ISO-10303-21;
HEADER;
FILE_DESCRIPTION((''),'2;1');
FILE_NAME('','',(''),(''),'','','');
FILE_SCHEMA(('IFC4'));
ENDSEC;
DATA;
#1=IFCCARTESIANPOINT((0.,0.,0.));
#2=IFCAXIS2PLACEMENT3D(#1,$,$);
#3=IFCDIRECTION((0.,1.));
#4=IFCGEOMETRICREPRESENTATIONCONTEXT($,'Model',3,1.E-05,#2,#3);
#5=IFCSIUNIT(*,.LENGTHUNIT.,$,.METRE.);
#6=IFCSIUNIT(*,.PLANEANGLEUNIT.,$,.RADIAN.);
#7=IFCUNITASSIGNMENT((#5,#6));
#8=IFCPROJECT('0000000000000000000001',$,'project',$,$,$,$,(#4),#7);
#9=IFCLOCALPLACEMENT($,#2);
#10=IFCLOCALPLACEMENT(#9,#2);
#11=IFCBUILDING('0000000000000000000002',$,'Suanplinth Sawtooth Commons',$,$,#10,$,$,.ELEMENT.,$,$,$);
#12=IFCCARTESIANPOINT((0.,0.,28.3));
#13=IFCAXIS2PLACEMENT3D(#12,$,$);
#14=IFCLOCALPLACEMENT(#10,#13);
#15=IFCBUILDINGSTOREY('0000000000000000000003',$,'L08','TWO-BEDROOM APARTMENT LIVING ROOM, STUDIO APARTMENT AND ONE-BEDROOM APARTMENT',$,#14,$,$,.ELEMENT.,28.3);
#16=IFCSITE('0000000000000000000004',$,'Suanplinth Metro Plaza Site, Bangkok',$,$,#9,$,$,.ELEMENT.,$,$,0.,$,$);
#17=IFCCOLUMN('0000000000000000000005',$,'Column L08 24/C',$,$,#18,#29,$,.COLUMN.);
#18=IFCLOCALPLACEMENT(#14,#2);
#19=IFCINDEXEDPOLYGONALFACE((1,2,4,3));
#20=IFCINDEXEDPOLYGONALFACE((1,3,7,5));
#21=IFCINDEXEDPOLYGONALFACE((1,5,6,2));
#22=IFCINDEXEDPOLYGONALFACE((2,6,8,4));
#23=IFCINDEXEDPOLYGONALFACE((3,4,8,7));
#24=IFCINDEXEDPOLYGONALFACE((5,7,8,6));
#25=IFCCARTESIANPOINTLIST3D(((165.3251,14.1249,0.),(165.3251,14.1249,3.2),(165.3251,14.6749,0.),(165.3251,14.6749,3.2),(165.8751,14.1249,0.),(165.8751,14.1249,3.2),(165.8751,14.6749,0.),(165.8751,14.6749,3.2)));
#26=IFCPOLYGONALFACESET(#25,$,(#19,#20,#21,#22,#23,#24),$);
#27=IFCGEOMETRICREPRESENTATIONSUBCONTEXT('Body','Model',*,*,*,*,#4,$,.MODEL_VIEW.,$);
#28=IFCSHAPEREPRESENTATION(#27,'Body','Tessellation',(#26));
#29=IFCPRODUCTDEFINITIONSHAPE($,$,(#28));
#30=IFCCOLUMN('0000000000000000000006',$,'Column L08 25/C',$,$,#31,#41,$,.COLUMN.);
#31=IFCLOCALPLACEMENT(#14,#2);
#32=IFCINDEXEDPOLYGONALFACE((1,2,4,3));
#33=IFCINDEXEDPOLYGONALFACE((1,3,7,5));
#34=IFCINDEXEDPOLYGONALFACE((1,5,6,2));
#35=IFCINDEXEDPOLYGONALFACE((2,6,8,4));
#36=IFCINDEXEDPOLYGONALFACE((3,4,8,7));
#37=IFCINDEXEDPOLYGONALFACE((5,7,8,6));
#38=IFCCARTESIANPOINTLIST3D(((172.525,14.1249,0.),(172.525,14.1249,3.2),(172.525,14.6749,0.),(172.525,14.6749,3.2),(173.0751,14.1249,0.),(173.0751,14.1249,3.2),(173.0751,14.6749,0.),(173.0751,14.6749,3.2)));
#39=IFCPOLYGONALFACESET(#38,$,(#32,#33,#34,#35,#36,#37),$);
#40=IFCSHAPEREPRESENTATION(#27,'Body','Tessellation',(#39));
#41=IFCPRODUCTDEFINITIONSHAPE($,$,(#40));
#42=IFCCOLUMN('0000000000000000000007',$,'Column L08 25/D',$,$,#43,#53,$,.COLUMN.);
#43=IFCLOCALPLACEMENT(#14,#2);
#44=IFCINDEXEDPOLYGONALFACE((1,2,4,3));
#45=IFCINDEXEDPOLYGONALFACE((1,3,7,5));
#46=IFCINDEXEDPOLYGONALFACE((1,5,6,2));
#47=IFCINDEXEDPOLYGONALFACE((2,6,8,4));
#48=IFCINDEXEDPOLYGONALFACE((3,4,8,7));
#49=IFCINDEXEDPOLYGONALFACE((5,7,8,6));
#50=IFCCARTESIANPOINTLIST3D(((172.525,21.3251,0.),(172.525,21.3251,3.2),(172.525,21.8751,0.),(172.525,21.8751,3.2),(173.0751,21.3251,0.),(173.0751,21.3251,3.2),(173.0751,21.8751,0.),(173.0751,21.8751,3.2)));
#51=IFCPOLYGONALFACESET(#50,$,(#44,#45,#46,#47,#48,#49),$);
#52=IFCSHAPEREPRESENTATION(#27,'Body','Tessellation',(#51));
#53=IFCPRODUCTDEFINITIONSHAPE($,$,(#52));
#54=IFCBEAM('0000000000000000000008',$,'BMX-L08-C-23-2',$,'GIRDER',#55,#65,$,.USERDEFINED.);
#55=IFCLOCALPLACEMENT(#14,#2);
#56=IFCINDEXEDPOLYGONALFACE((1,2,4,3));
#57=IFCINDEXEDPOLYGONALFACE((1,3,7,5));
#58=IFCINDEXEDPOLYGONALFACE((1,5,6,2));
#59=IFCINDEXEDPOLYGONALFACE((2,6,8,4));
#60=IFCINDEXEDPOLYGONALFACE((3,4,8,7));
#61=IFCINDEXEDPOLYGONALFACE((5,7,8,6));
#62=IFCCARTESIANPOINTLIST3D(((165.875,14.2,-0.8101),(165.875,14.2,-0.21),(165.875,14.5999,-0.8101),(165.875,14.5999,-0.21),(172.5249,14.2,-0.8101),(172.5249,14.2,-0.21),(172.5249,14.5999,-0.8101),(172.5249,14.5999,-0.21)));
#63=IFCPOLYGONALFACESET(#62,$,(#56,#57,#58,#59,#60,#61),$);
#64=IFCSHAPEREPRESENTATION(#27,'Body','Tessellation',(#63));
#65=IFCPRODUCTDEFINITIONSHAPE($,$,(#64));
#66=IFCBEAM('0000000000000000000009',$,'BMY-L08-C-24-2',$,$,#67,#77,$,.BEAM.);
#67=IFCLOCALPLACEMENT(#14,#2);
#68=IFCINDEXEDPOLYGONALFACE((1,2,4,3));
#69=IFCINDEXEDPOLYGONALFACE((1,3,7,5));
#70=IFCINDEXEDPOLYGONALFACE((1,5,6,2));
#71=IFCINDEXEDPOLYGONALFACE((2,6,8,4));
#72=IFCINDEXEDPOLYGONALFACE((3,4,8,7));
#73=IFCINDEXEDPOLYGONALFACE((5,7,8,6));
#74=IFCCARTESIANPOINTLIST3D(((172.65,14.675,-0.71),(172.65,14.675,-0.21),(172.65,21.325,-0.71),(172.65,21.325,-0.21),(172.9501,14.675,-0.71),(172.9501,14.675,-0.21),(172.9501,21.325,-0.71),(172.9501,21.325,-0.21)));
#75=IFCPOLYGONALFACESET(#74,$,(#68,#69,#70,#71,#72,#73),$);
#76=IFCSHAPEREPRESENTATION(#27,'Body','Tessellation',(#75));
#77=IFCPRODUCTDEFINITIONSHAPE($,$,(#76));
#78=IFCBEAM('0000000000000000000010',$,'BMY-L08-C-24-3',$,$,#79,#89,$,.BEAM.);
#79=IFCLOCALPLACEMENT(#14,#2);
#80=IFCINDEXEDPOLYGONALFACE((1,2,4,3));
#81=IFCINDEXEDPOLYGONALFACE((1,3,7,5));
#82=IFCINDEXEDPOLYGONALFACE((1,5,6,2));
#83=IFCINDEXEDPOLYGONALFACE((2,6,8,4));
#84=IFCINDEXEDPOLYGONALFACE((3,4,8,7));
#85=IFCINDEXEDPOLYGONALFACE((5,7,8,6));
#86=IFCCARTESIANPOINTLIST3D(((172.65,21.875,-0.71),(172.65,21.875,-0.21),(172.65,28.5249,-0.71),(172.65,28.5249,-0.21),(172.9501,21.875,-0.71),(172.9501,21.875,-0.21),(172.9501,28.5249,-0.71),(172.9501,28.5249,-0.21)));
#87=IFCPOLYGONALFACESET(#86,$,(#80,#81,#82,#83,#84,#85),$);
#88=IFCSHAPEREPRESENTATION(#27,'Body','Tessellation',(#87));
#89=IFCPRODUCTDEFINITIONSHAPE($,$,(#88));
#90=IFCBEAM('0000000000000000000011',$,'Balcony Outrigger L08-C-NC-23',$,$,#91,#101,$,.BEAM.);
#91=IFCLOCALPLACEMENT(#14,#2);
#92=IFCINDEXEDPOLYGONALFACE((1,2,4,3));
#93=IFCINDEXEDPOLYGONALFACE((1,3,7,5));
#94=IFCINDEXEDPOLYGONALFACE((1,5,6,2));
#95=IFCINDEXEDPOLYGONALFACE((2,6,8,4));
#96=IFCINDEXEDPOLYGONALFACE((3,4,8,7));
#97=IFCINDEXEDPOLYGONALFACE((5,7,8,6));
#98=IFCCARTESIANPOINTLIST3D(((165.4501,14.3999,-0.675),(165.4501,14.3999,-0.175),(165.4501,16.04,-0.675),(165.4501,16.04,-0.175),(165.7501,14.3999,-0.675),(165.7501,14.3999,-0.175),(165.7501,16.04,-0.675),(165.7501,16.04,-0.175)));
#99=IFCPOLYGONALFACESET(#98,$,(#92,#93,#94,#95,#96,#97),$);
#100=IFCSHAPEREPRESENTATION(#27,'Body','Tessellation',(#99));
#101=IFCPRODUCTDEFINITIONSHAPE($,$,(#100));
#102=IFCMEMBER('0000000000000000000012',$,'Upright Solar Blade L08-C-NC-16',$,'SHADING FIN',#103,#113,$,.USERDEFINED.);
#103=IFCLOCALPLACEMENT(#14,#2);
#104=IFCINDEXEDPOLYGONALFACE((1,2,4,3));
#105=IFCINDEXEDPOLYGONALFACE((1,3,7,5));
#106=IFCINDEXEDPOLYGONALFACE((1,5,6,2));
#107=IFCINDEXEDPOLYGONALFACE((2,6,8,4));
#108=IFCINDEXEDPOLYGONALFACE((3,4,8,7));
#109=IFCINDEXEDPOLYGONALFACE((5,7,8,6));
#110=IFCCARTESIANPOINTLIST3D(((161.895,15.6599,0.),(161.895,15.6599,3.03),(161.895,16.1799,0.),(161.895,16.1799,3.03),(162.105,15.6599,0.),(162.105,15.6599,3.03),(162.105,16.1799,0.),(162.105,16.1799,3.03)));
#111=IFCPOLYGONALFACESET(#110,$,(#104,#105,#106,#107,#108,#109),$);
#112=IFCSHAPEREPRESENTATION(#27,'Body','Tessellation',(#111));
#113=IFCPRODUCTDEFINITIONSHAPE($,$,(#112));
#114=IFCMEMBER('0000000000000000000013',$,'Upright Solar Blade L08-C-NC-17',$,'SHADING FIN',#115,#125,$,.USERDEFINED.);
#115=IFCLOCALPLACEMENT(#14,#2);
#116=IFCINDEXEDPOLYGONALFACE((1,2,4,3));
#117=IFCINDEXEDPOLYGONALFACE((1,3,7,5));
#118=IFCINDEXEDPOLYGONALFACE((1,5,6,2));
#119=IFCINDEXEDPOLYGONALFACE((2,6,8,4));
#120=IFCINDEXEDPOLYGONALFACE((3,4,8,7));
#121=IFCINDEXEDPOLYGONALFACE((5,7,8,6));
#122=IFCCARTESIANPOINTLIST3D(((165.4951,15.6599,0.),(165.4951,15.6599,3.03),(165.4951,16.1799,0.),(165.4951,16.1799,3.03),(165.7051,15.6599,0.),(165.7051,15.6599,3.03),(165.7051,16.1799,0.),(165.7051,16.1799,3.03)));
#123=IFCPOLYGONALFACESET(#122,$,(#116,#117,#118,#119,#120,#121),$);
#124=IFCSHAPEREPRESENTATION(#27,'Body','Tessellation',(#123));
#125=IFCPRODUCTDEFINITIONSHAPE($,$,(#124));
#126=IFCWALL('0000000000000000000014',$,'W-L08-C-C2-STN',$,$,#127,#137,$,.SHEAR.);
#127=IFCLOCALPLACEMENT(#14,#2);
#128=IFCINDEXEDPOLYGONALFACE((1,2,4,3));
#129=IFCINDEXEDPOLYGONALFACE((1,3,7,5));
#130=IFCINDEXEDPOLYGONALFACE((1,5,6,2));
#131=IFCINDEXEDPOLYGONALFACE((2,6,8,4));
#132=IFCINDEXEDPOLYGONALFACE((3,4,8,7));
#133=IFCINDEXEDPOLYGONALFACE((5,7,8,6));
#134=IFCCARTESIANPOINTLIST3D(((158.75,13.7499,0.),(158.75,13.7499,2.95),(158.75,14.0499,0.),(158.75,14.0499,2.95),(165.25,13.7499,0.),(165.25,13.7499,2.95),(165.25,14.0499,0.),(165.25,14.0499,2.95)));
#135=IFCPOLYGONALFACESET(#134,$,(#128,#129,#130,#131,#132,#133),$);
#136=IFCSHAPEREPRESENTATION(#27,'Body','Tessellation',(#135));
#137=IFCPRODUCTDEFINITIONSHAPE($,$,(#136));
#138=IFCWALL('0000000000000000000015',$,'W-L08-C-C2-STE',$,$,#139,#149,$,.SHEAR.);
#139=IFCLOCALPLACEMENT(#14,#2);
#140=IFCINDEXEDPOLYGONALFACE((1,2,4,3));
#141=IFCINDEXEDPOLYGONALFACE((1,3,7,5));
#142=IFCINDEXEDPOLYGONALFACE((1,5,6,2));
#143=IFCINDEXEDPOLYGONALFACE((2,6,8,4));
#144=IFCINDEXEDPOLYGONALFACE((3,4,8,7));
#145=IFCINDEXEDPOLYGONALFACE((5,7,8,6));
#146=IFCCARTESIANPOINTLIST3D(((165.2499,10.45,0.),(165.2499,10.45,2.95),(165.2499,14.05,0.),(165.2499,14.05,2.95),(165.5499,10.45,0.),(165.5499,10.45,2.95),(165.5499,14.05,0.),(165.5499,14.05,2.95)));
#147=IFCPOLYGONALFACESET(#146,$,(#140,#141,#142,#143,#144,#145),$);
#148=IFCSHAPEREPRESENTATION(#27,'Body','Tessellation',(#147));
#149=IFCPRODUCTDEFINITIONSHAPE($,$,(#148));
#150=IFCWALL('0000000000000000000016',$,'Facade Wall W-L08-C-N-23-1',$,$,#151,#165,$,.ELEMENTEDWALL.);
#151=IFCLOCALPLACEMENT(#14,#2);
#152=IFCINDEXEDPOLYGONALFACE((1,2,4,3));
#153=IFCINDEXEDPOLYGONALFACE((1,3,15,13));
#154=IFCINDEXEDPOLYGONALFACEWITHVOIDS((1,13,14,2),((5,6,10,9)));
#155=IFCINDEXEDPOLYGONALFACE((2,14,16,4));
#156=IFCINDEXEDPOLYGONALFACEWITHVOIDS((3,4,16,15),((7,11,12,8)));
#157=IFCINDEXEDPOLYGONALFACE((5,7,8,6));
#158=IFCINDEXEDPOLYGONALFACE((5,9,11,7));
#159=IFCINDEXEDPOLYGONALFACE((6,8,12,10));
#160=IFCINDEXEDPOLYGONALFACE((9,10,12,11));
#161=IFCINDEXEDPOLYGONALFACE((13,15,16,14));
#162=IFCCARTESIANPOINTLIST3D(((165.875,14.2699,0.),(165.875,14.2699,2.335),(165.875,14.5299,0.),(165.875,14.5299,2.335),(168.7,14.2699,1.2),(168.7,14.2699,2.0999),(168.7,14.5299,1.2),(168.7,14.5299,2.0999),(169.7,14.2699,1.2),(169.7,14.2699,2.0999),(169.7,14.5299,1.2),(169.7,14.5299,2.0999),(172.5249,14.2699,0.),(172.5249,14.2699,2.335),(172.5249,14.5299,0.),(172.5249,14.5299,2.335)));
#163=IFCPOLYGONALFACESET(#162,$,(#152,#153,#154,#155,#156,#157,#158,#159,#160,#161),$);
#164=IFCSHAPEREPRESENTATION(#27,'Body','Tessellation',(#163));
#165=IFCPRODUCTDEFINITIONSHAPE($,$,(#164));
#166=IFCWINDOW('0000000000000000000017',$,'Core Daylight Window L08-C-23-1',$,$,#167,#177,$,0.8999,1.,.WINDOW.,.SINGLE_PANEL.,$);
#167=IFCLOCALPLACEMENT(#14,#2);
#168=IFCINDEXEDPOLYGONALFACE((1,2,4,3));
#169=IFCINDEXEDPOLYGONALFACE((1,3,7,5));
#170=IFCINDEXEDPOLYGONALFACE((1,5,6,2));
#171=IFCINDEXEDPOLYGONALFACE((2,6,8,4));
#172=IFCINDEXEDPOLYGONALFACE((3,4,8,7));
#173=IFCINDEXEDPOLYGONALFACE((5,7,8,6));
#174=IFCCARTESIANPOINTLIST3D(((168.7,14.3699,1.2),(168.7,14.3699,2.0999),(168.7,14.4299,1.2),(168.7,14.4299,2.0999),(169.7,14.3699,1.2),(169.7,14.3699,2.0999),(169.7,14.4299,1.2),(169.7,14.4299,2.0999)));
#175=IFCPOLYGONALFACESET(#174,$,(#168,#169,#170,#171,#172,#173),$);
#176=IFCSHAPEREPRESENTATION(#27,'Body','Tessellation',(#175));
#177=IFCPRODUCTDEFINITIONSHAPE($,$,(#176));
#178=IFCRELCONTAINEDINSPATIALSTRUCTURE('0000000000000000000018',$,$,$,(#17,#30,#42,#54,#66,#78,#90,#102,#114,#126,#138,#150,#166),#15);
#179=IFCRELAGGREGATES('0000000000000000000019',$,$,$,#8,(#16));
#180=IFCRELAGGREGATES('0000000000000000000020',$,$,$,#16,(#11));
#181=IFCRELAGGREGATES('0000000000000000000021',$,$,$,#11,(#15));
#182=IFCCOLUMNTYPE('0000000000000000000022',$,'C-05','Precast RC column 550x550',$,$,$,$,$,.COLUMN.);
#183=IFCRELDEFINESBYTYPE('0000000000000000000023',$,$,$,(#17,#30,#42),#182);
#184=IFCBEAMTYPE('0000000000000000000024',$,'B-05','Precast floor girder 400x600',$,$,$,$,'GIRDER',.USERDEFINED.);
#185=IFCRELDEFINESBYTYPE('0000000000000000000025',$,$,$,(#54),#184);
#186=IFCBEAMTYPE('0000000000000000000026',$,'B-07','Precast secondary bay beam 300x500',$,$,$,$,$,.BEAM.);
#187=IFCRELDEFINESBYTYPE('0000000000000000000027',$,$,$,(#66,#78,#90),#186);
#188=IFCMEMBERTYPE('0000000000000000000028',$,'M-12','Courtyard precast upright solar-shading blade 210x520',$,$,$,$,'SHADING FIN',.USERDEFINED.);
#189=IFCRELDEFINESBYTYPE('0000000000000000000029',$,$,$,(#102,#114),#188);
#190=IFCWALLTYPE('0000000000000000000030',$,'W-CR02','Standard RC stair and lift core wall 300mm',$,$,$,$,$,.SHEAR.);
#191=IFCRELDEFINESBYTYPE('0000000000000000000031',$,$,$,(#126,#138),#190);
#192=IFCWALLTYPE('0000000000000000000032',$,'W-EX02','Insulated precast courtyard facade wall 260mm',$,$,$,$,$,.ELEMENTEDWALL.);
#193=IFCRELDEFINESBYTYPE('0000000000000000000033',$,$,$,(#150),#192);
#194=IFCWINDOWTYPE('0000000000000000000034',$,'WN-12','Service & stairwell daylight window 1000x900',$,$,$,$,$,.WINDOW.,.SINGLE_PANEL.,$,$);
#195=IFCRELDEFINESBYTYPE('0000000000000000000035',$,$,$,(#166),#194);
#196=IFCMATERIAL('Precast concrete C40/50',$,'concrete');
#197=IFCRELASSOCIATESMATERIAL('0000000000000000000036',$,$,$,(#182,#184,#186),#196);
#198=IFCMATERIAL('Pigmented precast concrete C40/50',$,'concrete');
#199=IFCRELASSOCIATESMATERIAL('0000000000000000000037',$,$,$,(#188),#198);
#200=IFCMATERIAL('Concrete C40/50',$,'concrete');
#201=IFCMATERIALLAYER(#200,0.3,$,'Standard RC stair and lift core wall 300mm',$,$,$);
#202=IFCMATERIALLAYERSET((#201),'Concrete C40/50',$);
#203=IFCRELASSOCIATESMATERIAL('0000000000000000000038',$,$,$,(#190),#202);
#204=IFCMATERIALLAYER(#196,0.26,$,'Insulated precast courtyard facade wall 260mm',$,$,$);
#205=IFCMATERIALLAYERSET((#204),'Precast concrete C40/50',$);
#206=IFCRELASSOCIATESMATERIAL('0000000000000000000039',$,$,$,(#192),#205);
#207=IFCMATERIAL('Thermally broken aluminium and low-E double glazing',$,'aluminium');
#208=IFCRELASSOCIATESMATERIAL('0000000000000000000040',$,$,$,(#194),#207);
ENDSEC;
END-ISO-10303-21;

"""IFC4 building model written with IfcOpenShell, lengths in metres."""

from ifc_helpers import new_model, si_unit, direction, frame, frame_2d, origin, origin_2d, place, context, subcontext, project, spatial, rectangle, extrude, material, layer, layer_set, material_profile, profile_set, type_object, element, fill, save


model = new_model("IFC4")

# Units and contexts
model_context = context("Model", 3, precision=1e-05, world=origin(), true_north=direction((0.0, 1.0)))
body_context = subcontext(model_context, "Body", "Model", "MODEL_VIEW")
ifc_project = project(units=[si_unit("LENGTHUNIT", "METRE"), si_unit("PLANEANGLEUNIT", "RADIAN")], contexts=[model_context])

# Site, building, storey
site_placement = place(None, origin())
site = spatial("IfcSite", under=ifc_project, at=site_placement, Name="Suanplinth Metro Plaza Site, Bangkok", CompositionType="ELEMENT", RefElevation=0.0)
building_placement = place(site_placement, origin())
building = spatial("IfcBuilding", under=site, at=building_placement, Name="Suanplinth Sawtooth Commons", CompositionType="ELEMENT")
storey_placement = place(building_placement, frame((0.0, 0.0, 28.3)))
storey = spatial("IfcBuildingStorey", under=building, at=storey_placement, Name="L08", Description="TWO-BEDROOM APARTMENT LIVING ROOM, STUDIO APARTMENT AND ONE-BEDROOM APARTMENT", CompositionType="ELEMENT", Elevation=28.3)

# Columns
ifc_material_1 = material(Name="Precast concrete C40/50", Category="concrete")
ifc_material_profile_1 = material_profile(ifc_material_1, rectangle(XDim=0.55, YDim=0.55, at=origin_2d()), Name="PC-COL 550x550")
ifc_profile_set_1 = profile_set([ifc_material_profile_1], Name="Precast concrete C40/50")
column_type = type_object("IfcColumnType", Name="C-05", Description="Precast RC column 550x550", PredefinedType="COLUMN", material=ifc_profile_set_1)
for number, where, z_axis, x_axis, name in (
    (1, (165.6001, 14.3999, 0.0), (0.0, 0.0, 1.0), (1.0, 0.0, 0.0), "Column L08 24/C"),
    (2, (172.8, 14.3999, 0.0), (0.0, 0.0, 1.0), (1.0, 0.0, 0.0), "Column L08 25/C"),
    (3, (172.8, 21.6001, 0.0), (0.0, 0.0, 1.0), (1.0, 0.0, 0.0), "Column L08 25/D"),
):
    element("IfcColumn", number, at=place(storey_placement, frame(where, z_axis=z_axis, x_axis=x_axis)), inside=storey, type_object=column_type, Name=name, PredefinedType="COLUMN", context=body_context, shape_type="SweptSolid", body=[
        extrude(rectangle(XDim=0.55, YDim=0.55, at=origin_2d()), origin(), (0.0, 0.0, 1.0), 3.2),
    ])

# Beams
ifc_material_profile_2 = material_profile(ifc_material_1, rectangle(XDim=0.3999, YDim=0.6001, at=origin_2d()), Name="PC-GDR 400x600")
ifc_profile_set_2 = profile_set([ifc_material_profile_2], Name="Precast concrete C40/50")
beam_type_1 = type_object("IfcBeamType", Name="B-05", Description="Precast floor girder 400x600", ElementType="GIRDER", PredefinedType="USERDEFINED", material=ifc_profile_set_2)
beam_1_placement = place(storey_placement, frame((165.875, 14.3999, -0.51), z_axis=(1.0, 0.0, 0.0), x_axis=(0.0, 1.0, 0.0)))
element("IfcBeam", 4, at=beam_1_placement, inside=storey, type_object=beam_type_1, Name="BMX-L08-C-23-2", ObjectType="GIRDER", PredefinedType="USERDEFINED", context=body_context, shape_type="SweptSolid", body=[
    extrude(rectangle(XDim=0.3999, YDim=0.6001, at=origin_2d()), origin(), (0.0, 0.0, 1.0), 6.6499),
])
ifc_material_profile_3 = material_profile(ifc_material_1, rectangle(XDim=0.3, YDim=0.5, at=origin_2d()), Name="PC-BM 300x500")
ifc_profile_set_3 = profile_set([ifc_material_profile_3], Name="Precast concrete C40/50")
beam_type_2 = type_object("IfcBeamType", Name="B-07", Description="Precast secondary bay beam 300x500", PredefinedType="BEAM", material=ifc_profile_set_3)
for number, where, z_axis, x_axis, name in (
    (5, (172.8, 14.675, -0.46), (0.0, 1.0, 0.0), (-1.0, 0.0, 0.0), "BMY-L08-C-24-2"),
    (6, (172.8, 21.875, -0.46), (0.0, 1.0, 0.0), (-1.0, 0.0, 0.0), "BMY-L08-C-24-3"),
):
    element("IfcBeam", number, at=place(storey_placement, frame(where, z_axis=z_axis, x_axis=x_axis)), inside=storey, type_object=beam_type_2, Name=name, PredefinedType="BEAM", context=body_context, shape_type="SweptSolid", body=[
        extrude(rectangle(XDim=0.3, YDim=0.5, at=origin_2d()), origin(), (0.0, 0.0, 1.0), 6.6499),
    ])
beam_2_placement = place(storey_placement, frame((165.6001, 14.3999, -0.425), z_axis=(0.0, 1.0, 0.0), x_axis=(-1.0, 0.0, 0.0)))
element("IfcBeam", 7, at=beam_2_placement, inside=storey, type_object=beam_type_2, Name="Balcony Outrigger L08-C-NC-23", PredefinedType="BEAM", context=body_context, shape_type="SweptSolid", body=[
    extrude(rectangle(XDim=0.3, YDim=0.5, at=origin_2d()), origin(), (0.0, 0.0, 1.0), 1.6401),
])

# Members
ifc_material_2 = material(Name="Pigmented precast concrete C40/50", Category="concrete")
ifc_material_profile_4 = material_profile(ifc_material_2, rectangle(XDim=0.21, YDim=0.52, at=origin_2d()), Name="PC-FIN 210x520")
ifc_profile_set_4 = profile_set([ifc_material_profile_4], Name="Pigmented precast concrete C40/50")
member_type = type_object("IfcMemberType", Name="M-12", Description="Courtyard precast upright solar-shading blade 210x520", ElementType="SHADING FIN", PredefinedType="USERDEFINED", material=ifc_profile_set_4)
for number, where, z_axis, x_axis, name in (
    (8, (162.0, 15.9199, 0.0), (0.0, 0.0, 1.0), (1.0, 0.0, 0.0), "Upright Solar Blade L08-C-NC-16"),
    (9, (165.6001, 15.9199, 0.0), (0.0, 0.0, 1.0), (1.0, 0.0, 0.0), "Upright Solar Blade L08-C-NC-17"),
):
    element("IfcMember", number, at=place(storey_placement, frame(where, z_axis=z_axis, x_axis=x_axis)), inside=storey, type_object=member_type, Name=name, ObjectType="SHADING FIN", PredefinedType="USERDEFINED", context=body_context, shape_type="SweptSolid", body=[
        extrude(rectangle(XDim=0.21, YDim=0.52, at=origin_2d()), origin(), (0.0, 0.0, 1.0), 3.03),
    ])

# Walls
ifc_material_3 = material(Name="Concrete C40/50", Category="concrete")
ifc_layer_1 = layer(ifc_material_3, 0.3, Name="Standard RC stair and lift core wall 300mm")
ifc_layer_set_1 = layer_set([ifc_layer_1], Name="Concrete C40/50")
wall_type_1 = type_object("IfcWallType", Name="W-CR02", Description="Standard RC stair and lift core wall 300mm", PredefinedType="SHEAR", material=ifc_layer_set_1)
wall_1_placement = place(storey_placement, frame((158.75, 13.8999, 0.0), z_axis=(0.0, 0.0, 1.0), x_axis=(1.0, 0.0, 0.0)))
element("IfcWall", 10, at=wall_1_placement, inside=storey, type_object=wall_type_1, Name="W-L08-C-C2-STN", PredefinedType="SHEAR", context=body_context, shape_type="SweptSolid", body=[
    extrude(rectangle(XDim=6.5, YDim=0.3, at=frame_2d((3.25, 0.0))), origin(), (0.0, 0.0, 1.0), 2.95),
])
wall_2_placement = place(storey_placement, frame((165.3999, 10.45, 0.0), z_axis=(0.0, 0.0, 1.0), x_axis=(0.0, 1.0, 0.0)))
element("IfcWall", 11, at=wall_2_placement, inside=storey, type_object=wall_type_1, Name="W-L08-C-C2-STE", PredefinedType="SHEAR", context=body_context, shape_type="SweptSolid", body=[
    extrude(rectangle(XDim=3.6001, YDim=0.3, at=frame_2d((1.8, 0.0))), origin(), (0.0, 0.0, 1.0), 2.95),
])

# Wall, opening, window
ifc_layer_2 = layer(ifc_material_1, 0.26, Name="Insulated precast courtyard facade wall 260mm")
ifc_layer_set_2 = layer_set([ifc_layer_2], Name="Precast concrete C40/50")
wall_type_2 = type_object("IfcWallType", Name="W-EX02", Description="Insulated precast courtyard facade wall 260mm", PredefinedType="ELEMENTEDWALL", material=ifc_layer_set_2)
wall_3_placement = place(storey_placement, frame((165.875, 14.3999, 0.0), z_axis=(0.0, 0.0, 1.0), x_axis=(1.0, 0.0, 0.0)))
wall_3 = element("IfcWall", 12, at=wall_3_placement, inside=storey, type_object=wall_type_2, Name="Facade Wall W-L08-C-N-23-1", PredefinedType="ELEMENTEDWALL", context=body_context, shape_type="SweptSolid", body=[
    extrude(rectangle(XDim=6.6499, YDim=0.26, at=frame_2d((3.325, 0.0))), origin(), (0.0, 0.0, 1.0), 2.335),
])
opening_1_placement = place(wall_3_placement, frame((2.825, 0.0, 1.2)))
opening_1 = element("IfcOpeningElement", 13, at=opening_1_placement, cuts=wall_3, PredefinedType="OPENING", context=body_context, shape_type="SweptSolid", body=[
    extrude(rectangle(XDim=1.0, YDim=0.8999, at=frame_2d((0.5, 0.45))), frame((0.0, 0.145, 0.0), z_axis=(0.0, -1.0, 0.0), x_axis=(1.0, 0.0, 0.0)), (0.0, 0.0, 1.0), 0.2898),
])
ifc_material_4 = material(Name="Thermally broken aluminium and low-E double glazing", Category="aluminium")
window_type = type_object("IfcWindowType", Name="WN-12", Description="Service & stairwell daylight window 1000x900", PartitioningType="SINGLE_PANEL", PredefinedType="WINDOW", material=ifc_material_4)
window_placement = place(opening_1_placement, origin())
window = element("IfcWindow", 14, at=window_placement, inside=storey, type_object=window_type, Name="Core Daylight Window L08-C-23-1", OverallHeight=0.8999, OverallWidth=1.0, PartitioningType="SINGLE_PANEL", PredefinedType="WINDOW", context=body_context, shape_type="SweptSolid", body=[
    extrude(rectangle(XDim=1.0, YDim=0.8999, at=frame_2d((0.5, 0.45))), frame((0.0, 0.03, 0.0), z_axis=(0.0, -1.0, 0.0), x_axis=(1.0, 0.0, 0.0)), (0.0, 0.0, 1.0), 0.0601),
])
fill(opening_1, window)

save(model, "model.ifc")
